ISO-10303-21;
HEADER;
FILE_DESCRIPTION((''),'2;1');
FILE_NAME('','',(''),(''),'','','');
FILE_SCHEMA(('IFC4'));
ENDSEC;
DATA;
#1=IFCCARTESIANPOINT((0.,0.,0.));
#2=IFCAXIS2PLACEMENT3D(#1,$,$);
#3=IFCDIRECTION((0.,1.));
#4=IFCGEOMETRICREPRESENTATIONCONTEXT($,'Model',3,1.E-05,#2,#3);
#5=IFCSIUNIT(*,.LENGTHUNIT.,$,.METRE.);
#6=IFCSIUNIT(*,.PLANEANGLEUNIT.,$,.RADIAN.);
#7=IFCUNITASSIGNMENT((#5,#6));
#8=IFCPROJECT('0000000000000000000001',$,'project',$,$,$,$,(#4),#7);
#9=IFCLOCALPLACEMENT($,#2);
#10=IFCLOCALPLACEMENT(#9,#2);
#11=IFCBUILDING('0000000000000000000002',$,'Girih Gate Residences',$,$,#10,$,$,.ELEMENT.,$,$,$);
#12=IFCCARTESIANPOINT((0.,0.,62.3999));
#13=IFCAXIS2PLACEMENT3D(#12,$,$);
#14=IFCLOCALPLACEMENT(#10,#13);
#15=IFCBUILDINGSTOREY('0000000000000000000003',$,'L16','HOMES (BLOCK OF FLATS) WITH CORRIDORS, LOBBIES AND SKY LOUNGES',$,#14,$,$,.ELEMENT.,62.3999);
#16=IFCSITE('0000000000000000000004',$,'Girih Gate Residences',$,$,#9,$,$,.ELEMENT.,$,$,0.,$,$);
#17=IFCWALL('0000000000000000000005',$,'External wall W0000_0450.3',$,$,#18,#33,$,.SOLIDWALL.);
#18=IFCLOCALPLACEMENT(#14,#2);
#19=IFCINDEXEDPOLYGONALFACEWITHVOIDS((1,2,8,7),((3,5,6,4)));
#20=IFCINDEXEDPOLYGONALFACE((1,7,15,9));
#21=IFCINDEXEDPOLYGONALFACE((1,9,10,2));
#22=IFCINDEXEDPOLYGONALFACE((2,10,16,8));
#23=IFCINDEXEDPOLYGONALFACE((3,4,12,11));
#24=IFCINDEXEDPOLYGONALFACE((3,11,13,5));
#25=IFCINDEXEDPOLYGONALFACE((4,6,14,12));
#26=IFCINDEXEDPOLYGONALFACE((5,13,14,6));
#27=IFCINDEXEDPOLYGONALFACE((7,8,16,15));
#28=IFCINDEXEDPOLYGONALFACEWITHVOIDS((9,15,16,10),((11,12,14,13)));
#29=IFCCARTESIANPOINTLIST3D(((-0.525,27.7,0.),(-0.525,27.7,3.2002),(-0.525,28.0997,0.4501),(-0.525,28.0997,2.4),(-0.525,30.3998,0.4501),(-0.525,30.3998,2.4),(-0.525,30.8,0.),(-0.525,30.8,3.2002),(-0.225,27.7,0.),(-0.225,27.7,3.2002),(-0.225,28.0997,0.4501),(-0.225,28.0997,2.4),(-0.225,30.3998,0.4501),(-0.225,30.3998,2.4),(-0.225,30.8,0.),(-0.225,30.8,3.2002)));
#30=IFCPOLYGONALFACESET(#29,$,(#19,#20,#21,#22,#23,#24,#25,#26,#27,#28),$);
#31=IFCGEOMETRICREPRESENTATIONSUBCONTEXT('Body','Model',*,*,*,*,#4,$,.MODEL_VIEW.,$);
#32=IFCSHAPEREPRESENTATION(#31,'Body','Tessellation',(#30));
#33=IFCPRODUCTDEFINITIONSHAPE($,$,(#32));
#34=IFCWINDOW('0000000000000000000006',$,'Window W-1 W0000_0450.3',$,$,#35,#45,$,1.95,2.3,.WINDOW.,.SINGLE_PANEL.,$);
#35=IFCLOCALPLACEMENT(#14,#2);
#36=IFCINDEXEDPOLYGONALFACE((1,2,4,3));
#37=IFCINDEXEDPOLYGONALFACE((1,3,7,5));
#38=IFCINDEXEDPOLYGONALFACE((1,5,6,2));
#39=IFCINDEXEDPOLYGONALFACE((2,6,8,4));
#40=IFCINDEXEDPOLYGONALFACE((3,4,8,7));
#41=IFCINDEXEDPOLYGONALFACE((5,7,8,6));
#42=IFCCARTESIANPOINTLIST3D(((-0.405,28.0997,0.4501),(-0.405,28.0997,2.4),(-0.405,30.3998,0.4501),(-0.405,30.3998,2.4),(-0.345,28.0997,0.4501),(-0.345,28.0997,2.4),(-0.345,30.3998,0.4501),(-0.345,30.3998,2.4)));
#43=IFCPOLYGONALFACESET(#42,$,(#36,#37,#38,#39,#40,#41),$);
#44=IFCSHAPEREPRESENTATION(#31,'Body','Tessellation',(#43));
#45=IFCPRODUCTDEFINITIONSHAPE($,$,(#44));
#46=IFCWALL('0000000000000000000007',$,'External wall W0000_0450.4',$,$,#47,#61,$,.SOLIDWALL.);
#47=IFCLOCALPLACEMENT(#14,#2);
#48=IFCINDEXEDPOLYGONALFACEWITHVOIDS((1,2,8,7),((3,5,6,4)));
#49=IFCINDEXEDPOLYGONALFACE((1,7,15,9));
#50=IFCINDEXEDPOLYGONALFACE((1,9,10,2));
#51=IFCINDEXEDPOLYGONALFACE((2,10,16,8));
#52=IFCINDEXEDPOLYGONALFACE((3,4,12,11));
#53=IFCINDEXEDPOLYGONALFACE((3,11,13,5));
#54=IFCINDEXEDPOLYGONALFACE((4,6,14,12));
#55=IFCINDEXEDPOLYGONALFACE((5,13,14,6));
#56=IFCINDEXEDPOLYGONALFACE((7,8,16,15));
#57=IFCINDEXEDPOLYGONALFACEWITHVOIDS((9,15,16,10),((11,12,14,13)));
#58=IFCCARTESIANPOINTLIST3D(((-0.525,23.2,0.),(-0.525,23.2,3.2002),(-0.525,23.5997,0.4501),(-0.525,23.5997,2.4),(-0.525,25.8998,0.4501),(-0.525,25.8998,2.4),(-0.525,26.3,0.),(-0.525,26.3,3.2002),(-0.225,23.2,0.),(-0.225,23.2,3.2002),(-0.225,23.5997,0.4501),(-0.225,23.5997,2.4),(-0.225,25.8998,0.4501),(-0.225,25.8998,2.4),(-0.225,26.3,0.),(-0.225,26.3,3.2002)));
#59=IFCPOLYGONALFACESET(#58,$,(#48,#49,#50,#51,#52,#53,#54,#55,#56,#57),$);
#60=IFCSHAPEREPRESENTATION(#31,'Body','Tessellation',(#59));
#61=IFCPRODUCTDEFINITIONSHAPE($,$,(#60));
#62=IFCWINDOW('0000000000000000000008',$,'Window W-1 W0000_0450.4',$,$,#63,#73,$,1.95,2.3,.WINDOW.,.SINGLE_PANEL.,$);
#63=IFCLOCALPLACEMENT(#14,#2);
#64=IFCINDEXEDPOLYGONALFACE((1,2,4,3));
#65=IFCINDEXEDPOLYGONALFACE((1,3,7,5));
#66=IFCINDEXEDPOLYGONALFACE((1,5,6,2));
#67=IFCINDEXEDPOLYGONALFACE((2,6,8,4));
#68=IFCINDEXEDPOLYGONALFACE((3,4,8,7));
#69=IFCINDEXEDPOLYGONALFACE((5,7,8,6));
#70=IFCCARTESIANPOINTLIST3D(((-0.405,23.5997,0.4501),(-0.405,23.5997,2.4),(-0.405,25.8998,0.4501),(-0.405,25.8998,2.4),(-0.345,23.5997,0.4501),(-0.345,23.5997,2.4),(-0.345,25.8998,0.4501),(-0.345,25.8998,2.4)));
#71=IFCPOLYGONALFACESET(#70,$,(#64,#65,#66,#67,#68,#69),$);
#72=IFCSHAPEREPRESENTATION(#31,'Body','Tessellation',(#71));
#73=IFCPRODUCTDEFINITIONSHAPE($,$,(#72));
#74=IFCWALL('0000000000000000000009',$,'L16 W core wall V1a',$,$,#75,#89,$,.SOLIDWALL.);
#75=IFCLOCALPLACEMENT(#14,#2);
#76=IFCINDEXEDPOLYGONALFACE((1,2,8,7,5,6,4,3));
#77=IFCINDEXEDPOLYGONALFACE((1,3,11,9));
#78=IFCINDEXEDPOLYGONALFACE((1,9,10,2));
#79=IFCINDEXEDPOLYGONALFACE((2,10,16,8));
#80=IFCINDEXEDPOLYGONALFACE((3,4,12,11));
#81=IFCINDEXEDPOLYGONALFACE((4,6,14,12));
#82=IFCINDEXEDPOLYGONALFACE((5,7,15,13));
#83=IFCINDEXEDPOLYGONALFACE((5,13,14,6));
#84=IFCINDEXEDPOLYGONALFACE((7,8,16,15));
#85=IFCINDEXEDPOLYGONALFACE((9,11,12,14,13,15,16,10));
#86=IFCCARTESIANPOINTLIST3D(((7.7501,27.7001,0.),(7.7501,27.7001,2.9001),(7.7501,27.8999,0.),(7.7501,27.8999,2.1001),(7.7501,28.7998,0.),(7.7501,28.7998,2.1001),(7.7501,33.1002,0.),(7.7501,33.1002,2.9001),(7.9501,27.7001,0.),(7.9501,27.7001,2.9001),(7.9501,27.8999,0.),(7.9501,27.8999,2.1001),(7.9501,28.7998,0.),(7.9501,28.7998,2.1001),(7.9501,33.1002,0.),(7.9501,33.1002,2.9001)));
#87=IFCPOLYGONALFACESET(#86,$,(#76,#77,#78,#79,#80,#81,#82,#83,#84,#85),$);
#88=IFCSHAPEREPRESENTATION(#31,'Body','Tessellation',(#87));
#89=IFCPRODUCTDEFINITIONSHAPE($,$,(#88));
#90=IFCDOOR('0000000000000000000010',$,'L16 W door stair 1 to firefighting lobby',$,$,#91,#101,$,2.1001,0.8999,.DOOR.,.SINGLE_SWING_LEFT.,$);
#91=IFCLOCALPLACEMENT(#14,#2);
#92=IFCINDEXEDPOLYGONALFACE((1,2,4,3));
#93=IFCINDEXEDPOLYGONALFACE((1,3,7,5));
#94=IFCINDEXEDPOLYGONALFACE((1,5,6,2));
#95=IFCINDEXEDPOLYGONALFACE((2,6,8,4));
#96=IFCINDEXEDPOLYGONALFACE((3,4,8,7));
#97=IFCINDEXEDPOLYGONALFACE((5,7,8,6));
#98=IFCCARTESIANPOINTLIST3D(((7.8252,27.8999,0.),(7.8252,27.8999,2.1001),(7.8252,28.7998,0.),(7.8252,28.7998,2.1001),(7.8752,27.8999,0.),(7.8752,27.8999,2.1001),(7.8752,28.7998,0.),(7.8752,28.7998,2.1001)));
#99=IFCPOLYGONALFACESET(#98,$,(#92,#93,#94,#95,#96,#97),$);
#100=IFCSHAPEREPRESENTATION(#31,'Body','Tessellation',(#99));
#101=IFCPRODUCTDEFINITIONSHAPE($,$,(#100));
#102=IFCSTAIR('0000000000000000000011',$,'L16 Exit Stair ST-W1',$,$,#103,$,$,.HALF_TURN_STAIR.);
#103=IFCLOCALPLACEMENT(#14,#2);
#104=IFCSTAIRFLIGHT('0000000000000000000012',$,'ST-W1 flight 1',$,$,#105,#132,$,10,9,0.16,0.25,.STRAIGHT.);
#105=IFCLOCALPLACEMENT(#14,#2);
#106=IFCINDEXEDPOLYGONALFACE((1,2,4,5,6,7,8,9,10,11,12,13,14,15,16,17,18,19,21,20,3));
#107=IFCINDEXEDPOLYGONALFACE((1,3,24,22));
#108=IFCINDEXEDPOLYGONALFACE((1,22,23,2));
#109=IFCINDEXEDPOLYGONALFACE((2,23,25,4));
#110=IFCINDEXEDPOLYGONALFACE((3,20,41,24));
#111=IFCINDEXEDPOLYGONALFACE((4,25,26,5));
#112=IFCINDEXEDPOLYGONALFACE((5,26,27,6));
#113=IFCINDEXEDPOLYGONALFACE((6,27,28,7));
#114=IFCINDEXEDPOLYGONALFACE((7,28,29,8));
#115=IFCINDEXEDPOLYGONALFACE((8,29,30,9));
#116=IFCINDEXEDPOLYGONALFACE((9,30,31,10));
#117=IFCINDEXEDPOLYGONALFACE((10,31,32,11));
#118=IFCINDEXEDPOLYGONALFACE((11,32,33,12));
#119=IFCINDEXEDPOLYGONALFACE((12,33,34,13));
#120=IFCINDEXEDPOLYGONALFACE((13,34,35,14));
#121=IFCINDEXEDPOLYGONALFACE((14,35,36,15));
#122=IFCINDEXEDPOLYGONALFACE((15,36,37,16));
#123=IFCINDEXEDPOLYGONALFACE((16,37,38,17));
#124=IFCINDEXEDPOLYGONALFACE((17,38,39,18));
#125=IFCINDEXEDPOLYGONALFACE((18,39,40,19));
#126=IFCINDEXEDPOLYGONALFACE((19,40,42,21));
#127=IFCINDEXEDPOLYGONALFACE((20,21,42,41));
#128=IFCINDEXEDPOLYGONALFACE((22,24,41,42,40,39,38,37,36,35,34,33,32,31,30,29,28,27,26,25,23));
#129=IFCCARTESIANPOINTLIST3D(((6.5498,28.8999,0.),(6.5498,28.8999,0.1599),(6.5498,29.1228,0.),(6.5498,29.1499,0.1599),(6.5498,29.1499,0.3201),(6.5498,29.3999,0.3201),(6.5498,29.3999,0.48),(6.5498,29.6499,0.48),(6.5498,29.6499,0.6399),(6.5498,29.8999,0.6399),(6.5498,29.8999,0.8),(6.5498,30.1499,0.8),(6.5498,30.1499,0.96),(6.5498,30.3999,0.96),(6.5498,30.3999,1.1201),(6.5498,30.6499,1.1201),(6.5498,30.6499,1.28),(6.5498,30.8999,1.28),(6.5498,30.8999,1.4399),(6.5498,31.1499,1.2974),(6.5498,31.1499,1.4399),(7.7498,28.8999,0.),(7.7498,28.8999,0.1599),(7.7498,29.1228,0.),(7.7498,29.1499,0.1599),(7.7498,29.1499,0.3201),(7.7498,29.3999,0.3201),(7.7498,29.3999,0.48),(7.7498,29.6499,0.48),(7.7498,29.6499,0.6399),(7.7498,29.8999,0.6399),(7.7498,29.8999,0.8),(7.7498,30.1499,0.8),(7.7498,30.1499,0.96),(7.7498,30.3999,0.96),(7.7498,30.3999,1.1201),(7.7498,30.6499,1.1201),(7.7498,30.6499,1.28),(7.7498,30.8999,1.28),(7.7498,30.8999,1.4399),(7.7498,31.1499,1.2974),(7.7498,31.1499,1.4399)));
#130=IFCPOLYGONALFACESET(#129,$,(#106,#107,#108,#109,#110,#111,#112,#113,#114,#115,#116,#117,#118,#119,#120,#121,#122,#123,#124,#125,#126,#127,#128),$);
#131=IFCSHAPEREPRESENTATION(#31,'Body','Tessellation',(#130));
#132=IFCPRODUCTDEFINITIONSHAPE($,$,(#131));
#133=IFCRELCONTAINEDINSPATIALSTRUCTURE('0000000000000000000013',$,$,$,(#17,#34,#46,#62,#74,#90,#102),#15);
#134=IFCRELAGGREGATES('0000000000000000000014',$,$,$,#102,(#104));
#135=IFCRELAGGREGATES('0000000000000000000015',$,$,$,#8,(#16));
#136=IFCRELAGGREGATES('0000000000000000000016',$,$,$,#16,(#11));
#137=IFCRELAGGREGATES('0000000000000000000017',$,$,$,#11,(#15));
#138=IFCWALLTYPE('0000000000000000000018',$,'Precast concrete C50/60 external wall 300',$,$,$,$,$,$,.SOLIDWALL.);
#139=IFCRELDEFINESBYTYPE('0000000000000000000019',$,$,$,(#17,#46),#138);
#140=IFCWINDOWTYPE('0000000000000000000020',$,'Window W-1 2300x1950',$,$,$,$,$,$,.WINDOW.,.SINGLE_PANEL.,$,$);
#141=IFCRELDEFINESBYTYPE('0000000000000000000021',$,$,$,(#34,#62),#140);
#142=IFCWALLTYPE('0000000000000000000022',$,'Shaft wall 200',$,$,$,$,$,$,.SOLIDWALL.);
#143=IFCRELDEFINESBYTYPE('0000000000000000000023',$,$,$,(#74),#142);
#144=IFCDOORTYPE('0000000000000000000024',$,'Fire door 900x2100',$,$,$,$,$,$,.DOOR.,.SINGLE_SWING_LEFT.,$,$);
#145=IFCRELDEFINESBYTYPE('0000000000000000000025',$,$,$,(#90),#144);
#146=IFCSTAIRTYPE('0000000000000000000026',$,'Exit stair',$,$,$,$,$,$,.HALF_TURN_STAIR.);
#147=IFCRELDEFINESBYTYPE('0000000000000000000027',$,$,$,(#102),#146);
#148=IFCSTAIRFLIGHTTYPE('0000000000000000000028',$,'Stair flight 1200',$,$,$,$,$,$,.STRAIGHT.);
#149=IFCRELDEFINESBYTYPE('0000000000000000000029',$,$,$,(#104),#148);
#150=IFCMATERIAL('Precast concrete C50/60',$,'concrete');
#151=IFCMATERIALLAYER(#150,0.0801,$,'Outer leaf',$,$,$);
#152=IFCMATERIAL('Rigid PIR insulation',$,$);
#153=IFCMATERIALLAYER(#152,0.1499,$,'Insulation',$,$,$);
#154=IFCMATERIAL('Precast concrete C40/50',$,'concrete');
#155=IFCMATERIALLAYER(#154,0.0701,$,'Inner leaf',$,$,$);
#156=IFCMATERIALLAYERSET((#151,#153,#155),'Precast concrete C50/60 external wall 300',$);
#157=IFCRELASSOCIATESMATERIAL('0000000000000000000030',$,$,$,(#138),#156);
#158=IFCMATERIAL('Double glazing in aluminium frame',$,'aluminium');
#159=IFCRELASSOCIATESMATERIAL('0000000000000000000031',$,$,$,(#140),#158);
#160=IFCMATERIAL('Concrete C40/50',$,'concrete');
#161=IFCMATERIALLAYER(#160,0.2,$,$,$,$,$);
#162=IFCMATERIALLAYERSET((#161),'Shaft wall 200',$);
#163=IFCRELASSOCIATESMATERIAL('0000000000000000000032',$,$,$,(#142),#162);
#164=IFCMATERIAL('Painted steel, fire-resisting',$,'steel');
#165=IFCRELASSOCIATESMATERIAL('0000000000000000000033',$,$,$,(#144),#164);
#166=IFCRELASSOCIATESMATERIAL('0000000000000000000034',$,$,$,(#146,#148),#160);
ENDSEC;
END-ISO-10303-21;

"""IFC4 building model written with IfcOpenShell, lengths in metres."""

from ifc_helpers import new_model, si_unit, direction, frame, frame_2d, origin, place, context, subcontext, project, spatial, polyline, rectangle, outline, extrude, material, layer, layer_set, type_object, element, fill, aggregate, save


model = new_model("IFC4")

# Units and contexts
model_context = context("Model", 3, precision=1e-05, world=origin(), true_north=direction((0.0, 1.0)))
body_context = subcontext(model_context, "Body", "Model", "MODEL_VIEW")
ifc_project = project(units=[si_unit("LENGTHUNIT", "METRE"), si_unit("PLANEANGLEUNIT", "RADIAN")], contexts=[model_context])

# Site, building, storey
site_placement = place(None, origin())
site = spatial("IfcSite", under=ifc_project, at=site_placement, Name="Girih Gate Residences", CompositionType="ELEMENT", RefElevation=0.0)
building_placement = place(site_placement, origin())
building = spatial("IfcBuilding", under=site, at=building_placement, Name="Girih Gate Residences", CompositionType="ELEMENT")
storey_placement = place(building_placement, frame((0.0, 0.0, 62.3999)))
storey = spatial("IfcBuildingStorey", under=building, at=storey_placement, Name="L16", Description="HOMES (BLOCK OF FLATS) WITH CORRIDORS, LOBBIES AND SKY LOUNGES", CompositionType="ELEMENT", Elevation=62.3999)

# Shared definitions
ifc_material_1 = material(Name="Painted steel, fire-resisting", Category="steel")

# Walls, openings, windows
ifc_material_2 = material(Name="Precast concrete C50/60", Category="concrete")
ifc_layer_1 = layer(ifc_material_2, 0.0801, Name="Outer leaf")
ifc_material_3 = material(Name="Rigid PIR insulation")
ifc_layer_2 = layer(ifc_material_3, 0.1499, Name="Insulation")
ifc_material_4 = material(Name="Precast concrete C40/50", Category="concrete")
ifc_layer_3 = layer(ifc_material_4, 0.0701, Name="Inner leaf")
ifc_layer_set_1 = layer_set([ifc_layer_1, ifc_layer_2, ifc_layer_3], Name="Precast concrete C50/60 external wall 300")
wall_type_1 = type_object("IfcWallType", Name="Precast concrete C50/60 external wall 300", PredefinedType="SOLIDWALL", material=ifc_layer_set_1)
wall_1_placement = place(storey_placement, frame((-0.375, 27.7, 0.0), z_axis=(0.0, 0.0, 1.0), x_axis=(0.0, 1.0, 0.0)))
wall_1 = element("IfcWall", 1, at=wall_1_placement, inside=storey, type_object=wall_type_1, Name="External wall W0000_0450.3", PredefinedType="SOLIDWALL", context=body_context, shape_type="SweptSolid", body=[
    extrude(rectangle(XDim=3.1001, YDim=0.3, at=frame_2d((1.55, 0.0))), origin(), (0.0, 0.0, 1.0), 3.2002),
])
opening_1_placement = place(wall_1_placement, frame((0.3999, 0.0, 0.45)))
opening_1 = element("IfcOpeningElement", 2, at=opening_1_placement, cuts=wall_1, PredefinedType="OPENING", context=body_context, shape_type="SweptSolid", body=[
    extrude(rectangle(XDim=2.3, YDim=1.95, at=frame_2d((1.1499, 0.9751))), frame((0.0, 0.1599, 0.0), z_axis=(0.0, -1.0, 0.0), x_axis=(1.0, 0.0, 0.0)), (0.0, 0.0, 1.0), 0.3201),
])
ifc_material_5 = material(Name="Double glazing in aluminium frame", Category="aluminium")
window_type = type_object("IfcWindowType", Name="Window W-1 2300x1950", PartitioningType="SINGLE_PANEL", PredefinedType="WINDOW", material=ifc_material_5)
window_1_placement = place(opening_1_placement, origin())
window_1 = element("IfcWindow", 3, at=window_1_placement, inside=storey, type_object=window_type, Name="Window W-1 W0000_0450.3", OverallHeight=1.95, OverallWidth=2.3, PartitioningType="SINGLE_PANEL", PredefinedType="WINDOW", context=body_context, shape_type="SweptSolid", body=[
    extrude(rectangle(XDim=2.3, YDim=1.95, at=frame_2d((1.1499, 0.9751))), frame((0.0, 0.03, 0.0), z_axis=(0.0, -1.0, 0.0), x_axis=(1.0, 0.0, 0.0)), (0.0, 0.0, 1.0), 0.0601),
])
fill(opening_1, window_1)
wall_2_placement = place(storey_placement, frame((-0.375, 23.2, 0.0), z_axis=(0.0, 0.0, 1.0), x_axis=(0.0, 1.0, 0.0)))
wall_2 = element("IfcWall", 4, at=wall_2_placement, inside=storey, type_object=wall_type_1, Name="External wall W0000_0450.4", PredefinedType="SOLIDWALL", context=body_context, shape_type="SweptSolid", body=[
    extrude(rectangle(XDim=3.1001, YDim=0.3, at=frame_2d((1.55, 0.0))), origin(), (0.0, 0.0, 1.0), 3.2002),
])
opening_2_placement = place(wall_2_placement, frame((0.3999, 0.0, 0.45)))
opening_2 = element("IfcOpeningElement", 5, at=opening_2_placement, cuts=wall_2, PredefinedType="OPENING", context=body_context, shape_type="SweptSolid", body=[
    extrude(rectangle(XDim=2.3, YDim=1.95, at=frame_2d((1.1499, 0.9751))), frame((0.0, 0.1599, 0.0), z_axis=(0.0, -1.0, 0.0), x_axis=(1.0, 0.0, 0.0)), (0.0, 0.0, 1.0), 0.3201),
])
window_2_placement = place(opening_2_placement, origin())
window_2 = element("IfcWindow", 6, at=window_2_placement, inside=storey, type_object=window_type, Name="Window W-1 W0000_0450.4", OverallHeight=1.95, OverallWidth=2.3, PartitioningType="SINGLE_PANEL", PredefinedType="WINDOW", context=body_context, shape_type="SweptSolid", body=[
    extrude(rectangle(XDim=2.3, YDim=1.95, at=frame_2d((1.1499, 0.9751))), frame((0.0, 0.03, 0.0), z_axis=(0.0, -1.0, 0.0), x_axis=(1.0, 0.0, 0.0)), (0.0, 0.0, 1.0), 0.0601),
])
fill(opening_2, window_2)

# Wall, opening, door
ifc_material_6 = material(Name="Concrete C40/50", Category="concrete")
ifc_layer_4 = layer(ifc_material_6, 0.2)
ifc_layer_set_2 = layer_set([ifc_layer_4], Name="Shaft wall 200")
wall_type_2 = type_object("IfcWallType", Name="Shaft wall 200", PredefinedType="SOLIDWALL", material=ifc_layer_set_2)
wall_3_placement = place(storey_placement, frame((7.8501, 27.7, 0.0), z_axis=(0.0, 0.0, 1.0), x_axis=(0.0, 1.0, 0.0)))
wall_3 = element("IfcWall", 7, at=wall_3_placement, inside=storey, type_object=wall_type_2, Name="L16 W core wall V1a", PredefinedType="SOLIDWALL", context=body_context, shape_type="SweptSolid", body=[
    extrude(rectangle(XDim=5.4001, YDim=0.2, at=frame_2d((2.7002, 0.0))), origin(), (0.0, 0.0, 1.0), 2.9001),
])
opening_3_placement = place(wall_3_placement, frame((0.2, 0.0, 0.0)))
opening_3 = element("IfcOpeningElement", 8, at=opening_3_placement, cuts=wall_3, PredefinedType="OPENING", context=body_context, shape_type="SweptSolid", body=[
    extrude(rectangle(XDim=0.8999, YDim=2.1001, at=frame_2d((0.45, 1.05))), frame((0.0, 0.1099, 0.0), z_axis=(0.0, -1.0, 0.0), x_axis=(1.0, 0.0, 0.0)), (0.0, 0.0, 1.0), 0.22),
])
door_type_1 = type_object("IfcDoorType", Name="Fire door 900x2100", OperationType="SINGLE_SWING_LEFT", PredefinedType="DOOR", material=ifc_material_1)
door_1_placement = place(opening_3_placement, origin())
door_1 = element("IfcDoor", 9, at=door_1_placement, inside=storey, type_object=door_type_1, Name="L16 W door stair 1 to firefighting lobby", OperationType="SINGLE_SWING_LEFT", OverallHeight=2.1001, OverallWidth=0.8999, PredefinedType="DOOR", context=body_context, shape_type="SweptSolid", body=[
    extrude(rectangle(XDim=0.8999, YDim=2.1001, at=frame_2d((0.45, 1.05))), frame((0.0, 0.0249, 0.0), z_axis=(0.0, -1.0, 0.0), x_axis=(1.0, 0.0, 0.0)), (0.0, 0.0, 1.0), 0.05),
])
fill(opening_3, door_1)

# Stair, stair flight
stair_type = type_object("IfcStairType", Name="Exit stair", PredefinedType="HALF_TURN_STAIR", material=ifc_material_6)
stair_placement = place(storey_placement, origin())
stair = element("IfcStair", 10, at=stair_placement, inside=storey, type_object=stair_type, Name="L16 Exit Stair ST-W1", PredefinedType="HALF_TURN_STAIR")
stair_flight_type = type_object("IfcStairFlightType", Name="Stair flight 1200", PredefinedType="STRAIGHT", material=ifc_material_6)
stair_flight_placement = place(storey_placement, frame((7.1499, 28.8999, 0.0), z_axis=(0.0, 0.0, 1.0), x_axis=(0.0, 1.0, 0.0)))
stair_flight = element("IfcStairFlight", 11, at=stair_flight_placement, type_object=stair_flight_type, Name="ST-W1 flight 1", NumberOfRisers=10, NumberOfTreads=9, PredefinedType="STRAIGHT", RiserHeight=0.16, TreadLength=0.25, context=body_context, shape_type="SweptSolid", body=[
    extrude(outline(polyline([(0.0, 0.0), (0.0, 0.1599), (0.25, 0.1599), (0.25, 0.3201), (0.5, 0.3201), (0.5, 0.48), (0.75, 0.48), (0.75, 0.6399), (1.0, 0.6399), (1.0, 0.8), (1.25, 0.8), (1.25, 0.96), (1.5, 0.96), (1.5, 1.1201), (1.75, 1.1201), (1.75, 1.28), (2.0, 1.28), (2.0, 1.4399), (2.25, 1.4399), (2.25, 1.6001), (2.25, 1.2974), (0.2229, 0.0), (0.0, 0.0)])), frame((0.0, 0.6001, 0.0), z_axis=(0.0, -1.0, 0.0), x_axis=(1.0, 0.0, 0.0)), (0.0, 0.0, 1.0), 1.2),
])
aggregate(stair, [stair_flight])

save(model, "model.ifc")
